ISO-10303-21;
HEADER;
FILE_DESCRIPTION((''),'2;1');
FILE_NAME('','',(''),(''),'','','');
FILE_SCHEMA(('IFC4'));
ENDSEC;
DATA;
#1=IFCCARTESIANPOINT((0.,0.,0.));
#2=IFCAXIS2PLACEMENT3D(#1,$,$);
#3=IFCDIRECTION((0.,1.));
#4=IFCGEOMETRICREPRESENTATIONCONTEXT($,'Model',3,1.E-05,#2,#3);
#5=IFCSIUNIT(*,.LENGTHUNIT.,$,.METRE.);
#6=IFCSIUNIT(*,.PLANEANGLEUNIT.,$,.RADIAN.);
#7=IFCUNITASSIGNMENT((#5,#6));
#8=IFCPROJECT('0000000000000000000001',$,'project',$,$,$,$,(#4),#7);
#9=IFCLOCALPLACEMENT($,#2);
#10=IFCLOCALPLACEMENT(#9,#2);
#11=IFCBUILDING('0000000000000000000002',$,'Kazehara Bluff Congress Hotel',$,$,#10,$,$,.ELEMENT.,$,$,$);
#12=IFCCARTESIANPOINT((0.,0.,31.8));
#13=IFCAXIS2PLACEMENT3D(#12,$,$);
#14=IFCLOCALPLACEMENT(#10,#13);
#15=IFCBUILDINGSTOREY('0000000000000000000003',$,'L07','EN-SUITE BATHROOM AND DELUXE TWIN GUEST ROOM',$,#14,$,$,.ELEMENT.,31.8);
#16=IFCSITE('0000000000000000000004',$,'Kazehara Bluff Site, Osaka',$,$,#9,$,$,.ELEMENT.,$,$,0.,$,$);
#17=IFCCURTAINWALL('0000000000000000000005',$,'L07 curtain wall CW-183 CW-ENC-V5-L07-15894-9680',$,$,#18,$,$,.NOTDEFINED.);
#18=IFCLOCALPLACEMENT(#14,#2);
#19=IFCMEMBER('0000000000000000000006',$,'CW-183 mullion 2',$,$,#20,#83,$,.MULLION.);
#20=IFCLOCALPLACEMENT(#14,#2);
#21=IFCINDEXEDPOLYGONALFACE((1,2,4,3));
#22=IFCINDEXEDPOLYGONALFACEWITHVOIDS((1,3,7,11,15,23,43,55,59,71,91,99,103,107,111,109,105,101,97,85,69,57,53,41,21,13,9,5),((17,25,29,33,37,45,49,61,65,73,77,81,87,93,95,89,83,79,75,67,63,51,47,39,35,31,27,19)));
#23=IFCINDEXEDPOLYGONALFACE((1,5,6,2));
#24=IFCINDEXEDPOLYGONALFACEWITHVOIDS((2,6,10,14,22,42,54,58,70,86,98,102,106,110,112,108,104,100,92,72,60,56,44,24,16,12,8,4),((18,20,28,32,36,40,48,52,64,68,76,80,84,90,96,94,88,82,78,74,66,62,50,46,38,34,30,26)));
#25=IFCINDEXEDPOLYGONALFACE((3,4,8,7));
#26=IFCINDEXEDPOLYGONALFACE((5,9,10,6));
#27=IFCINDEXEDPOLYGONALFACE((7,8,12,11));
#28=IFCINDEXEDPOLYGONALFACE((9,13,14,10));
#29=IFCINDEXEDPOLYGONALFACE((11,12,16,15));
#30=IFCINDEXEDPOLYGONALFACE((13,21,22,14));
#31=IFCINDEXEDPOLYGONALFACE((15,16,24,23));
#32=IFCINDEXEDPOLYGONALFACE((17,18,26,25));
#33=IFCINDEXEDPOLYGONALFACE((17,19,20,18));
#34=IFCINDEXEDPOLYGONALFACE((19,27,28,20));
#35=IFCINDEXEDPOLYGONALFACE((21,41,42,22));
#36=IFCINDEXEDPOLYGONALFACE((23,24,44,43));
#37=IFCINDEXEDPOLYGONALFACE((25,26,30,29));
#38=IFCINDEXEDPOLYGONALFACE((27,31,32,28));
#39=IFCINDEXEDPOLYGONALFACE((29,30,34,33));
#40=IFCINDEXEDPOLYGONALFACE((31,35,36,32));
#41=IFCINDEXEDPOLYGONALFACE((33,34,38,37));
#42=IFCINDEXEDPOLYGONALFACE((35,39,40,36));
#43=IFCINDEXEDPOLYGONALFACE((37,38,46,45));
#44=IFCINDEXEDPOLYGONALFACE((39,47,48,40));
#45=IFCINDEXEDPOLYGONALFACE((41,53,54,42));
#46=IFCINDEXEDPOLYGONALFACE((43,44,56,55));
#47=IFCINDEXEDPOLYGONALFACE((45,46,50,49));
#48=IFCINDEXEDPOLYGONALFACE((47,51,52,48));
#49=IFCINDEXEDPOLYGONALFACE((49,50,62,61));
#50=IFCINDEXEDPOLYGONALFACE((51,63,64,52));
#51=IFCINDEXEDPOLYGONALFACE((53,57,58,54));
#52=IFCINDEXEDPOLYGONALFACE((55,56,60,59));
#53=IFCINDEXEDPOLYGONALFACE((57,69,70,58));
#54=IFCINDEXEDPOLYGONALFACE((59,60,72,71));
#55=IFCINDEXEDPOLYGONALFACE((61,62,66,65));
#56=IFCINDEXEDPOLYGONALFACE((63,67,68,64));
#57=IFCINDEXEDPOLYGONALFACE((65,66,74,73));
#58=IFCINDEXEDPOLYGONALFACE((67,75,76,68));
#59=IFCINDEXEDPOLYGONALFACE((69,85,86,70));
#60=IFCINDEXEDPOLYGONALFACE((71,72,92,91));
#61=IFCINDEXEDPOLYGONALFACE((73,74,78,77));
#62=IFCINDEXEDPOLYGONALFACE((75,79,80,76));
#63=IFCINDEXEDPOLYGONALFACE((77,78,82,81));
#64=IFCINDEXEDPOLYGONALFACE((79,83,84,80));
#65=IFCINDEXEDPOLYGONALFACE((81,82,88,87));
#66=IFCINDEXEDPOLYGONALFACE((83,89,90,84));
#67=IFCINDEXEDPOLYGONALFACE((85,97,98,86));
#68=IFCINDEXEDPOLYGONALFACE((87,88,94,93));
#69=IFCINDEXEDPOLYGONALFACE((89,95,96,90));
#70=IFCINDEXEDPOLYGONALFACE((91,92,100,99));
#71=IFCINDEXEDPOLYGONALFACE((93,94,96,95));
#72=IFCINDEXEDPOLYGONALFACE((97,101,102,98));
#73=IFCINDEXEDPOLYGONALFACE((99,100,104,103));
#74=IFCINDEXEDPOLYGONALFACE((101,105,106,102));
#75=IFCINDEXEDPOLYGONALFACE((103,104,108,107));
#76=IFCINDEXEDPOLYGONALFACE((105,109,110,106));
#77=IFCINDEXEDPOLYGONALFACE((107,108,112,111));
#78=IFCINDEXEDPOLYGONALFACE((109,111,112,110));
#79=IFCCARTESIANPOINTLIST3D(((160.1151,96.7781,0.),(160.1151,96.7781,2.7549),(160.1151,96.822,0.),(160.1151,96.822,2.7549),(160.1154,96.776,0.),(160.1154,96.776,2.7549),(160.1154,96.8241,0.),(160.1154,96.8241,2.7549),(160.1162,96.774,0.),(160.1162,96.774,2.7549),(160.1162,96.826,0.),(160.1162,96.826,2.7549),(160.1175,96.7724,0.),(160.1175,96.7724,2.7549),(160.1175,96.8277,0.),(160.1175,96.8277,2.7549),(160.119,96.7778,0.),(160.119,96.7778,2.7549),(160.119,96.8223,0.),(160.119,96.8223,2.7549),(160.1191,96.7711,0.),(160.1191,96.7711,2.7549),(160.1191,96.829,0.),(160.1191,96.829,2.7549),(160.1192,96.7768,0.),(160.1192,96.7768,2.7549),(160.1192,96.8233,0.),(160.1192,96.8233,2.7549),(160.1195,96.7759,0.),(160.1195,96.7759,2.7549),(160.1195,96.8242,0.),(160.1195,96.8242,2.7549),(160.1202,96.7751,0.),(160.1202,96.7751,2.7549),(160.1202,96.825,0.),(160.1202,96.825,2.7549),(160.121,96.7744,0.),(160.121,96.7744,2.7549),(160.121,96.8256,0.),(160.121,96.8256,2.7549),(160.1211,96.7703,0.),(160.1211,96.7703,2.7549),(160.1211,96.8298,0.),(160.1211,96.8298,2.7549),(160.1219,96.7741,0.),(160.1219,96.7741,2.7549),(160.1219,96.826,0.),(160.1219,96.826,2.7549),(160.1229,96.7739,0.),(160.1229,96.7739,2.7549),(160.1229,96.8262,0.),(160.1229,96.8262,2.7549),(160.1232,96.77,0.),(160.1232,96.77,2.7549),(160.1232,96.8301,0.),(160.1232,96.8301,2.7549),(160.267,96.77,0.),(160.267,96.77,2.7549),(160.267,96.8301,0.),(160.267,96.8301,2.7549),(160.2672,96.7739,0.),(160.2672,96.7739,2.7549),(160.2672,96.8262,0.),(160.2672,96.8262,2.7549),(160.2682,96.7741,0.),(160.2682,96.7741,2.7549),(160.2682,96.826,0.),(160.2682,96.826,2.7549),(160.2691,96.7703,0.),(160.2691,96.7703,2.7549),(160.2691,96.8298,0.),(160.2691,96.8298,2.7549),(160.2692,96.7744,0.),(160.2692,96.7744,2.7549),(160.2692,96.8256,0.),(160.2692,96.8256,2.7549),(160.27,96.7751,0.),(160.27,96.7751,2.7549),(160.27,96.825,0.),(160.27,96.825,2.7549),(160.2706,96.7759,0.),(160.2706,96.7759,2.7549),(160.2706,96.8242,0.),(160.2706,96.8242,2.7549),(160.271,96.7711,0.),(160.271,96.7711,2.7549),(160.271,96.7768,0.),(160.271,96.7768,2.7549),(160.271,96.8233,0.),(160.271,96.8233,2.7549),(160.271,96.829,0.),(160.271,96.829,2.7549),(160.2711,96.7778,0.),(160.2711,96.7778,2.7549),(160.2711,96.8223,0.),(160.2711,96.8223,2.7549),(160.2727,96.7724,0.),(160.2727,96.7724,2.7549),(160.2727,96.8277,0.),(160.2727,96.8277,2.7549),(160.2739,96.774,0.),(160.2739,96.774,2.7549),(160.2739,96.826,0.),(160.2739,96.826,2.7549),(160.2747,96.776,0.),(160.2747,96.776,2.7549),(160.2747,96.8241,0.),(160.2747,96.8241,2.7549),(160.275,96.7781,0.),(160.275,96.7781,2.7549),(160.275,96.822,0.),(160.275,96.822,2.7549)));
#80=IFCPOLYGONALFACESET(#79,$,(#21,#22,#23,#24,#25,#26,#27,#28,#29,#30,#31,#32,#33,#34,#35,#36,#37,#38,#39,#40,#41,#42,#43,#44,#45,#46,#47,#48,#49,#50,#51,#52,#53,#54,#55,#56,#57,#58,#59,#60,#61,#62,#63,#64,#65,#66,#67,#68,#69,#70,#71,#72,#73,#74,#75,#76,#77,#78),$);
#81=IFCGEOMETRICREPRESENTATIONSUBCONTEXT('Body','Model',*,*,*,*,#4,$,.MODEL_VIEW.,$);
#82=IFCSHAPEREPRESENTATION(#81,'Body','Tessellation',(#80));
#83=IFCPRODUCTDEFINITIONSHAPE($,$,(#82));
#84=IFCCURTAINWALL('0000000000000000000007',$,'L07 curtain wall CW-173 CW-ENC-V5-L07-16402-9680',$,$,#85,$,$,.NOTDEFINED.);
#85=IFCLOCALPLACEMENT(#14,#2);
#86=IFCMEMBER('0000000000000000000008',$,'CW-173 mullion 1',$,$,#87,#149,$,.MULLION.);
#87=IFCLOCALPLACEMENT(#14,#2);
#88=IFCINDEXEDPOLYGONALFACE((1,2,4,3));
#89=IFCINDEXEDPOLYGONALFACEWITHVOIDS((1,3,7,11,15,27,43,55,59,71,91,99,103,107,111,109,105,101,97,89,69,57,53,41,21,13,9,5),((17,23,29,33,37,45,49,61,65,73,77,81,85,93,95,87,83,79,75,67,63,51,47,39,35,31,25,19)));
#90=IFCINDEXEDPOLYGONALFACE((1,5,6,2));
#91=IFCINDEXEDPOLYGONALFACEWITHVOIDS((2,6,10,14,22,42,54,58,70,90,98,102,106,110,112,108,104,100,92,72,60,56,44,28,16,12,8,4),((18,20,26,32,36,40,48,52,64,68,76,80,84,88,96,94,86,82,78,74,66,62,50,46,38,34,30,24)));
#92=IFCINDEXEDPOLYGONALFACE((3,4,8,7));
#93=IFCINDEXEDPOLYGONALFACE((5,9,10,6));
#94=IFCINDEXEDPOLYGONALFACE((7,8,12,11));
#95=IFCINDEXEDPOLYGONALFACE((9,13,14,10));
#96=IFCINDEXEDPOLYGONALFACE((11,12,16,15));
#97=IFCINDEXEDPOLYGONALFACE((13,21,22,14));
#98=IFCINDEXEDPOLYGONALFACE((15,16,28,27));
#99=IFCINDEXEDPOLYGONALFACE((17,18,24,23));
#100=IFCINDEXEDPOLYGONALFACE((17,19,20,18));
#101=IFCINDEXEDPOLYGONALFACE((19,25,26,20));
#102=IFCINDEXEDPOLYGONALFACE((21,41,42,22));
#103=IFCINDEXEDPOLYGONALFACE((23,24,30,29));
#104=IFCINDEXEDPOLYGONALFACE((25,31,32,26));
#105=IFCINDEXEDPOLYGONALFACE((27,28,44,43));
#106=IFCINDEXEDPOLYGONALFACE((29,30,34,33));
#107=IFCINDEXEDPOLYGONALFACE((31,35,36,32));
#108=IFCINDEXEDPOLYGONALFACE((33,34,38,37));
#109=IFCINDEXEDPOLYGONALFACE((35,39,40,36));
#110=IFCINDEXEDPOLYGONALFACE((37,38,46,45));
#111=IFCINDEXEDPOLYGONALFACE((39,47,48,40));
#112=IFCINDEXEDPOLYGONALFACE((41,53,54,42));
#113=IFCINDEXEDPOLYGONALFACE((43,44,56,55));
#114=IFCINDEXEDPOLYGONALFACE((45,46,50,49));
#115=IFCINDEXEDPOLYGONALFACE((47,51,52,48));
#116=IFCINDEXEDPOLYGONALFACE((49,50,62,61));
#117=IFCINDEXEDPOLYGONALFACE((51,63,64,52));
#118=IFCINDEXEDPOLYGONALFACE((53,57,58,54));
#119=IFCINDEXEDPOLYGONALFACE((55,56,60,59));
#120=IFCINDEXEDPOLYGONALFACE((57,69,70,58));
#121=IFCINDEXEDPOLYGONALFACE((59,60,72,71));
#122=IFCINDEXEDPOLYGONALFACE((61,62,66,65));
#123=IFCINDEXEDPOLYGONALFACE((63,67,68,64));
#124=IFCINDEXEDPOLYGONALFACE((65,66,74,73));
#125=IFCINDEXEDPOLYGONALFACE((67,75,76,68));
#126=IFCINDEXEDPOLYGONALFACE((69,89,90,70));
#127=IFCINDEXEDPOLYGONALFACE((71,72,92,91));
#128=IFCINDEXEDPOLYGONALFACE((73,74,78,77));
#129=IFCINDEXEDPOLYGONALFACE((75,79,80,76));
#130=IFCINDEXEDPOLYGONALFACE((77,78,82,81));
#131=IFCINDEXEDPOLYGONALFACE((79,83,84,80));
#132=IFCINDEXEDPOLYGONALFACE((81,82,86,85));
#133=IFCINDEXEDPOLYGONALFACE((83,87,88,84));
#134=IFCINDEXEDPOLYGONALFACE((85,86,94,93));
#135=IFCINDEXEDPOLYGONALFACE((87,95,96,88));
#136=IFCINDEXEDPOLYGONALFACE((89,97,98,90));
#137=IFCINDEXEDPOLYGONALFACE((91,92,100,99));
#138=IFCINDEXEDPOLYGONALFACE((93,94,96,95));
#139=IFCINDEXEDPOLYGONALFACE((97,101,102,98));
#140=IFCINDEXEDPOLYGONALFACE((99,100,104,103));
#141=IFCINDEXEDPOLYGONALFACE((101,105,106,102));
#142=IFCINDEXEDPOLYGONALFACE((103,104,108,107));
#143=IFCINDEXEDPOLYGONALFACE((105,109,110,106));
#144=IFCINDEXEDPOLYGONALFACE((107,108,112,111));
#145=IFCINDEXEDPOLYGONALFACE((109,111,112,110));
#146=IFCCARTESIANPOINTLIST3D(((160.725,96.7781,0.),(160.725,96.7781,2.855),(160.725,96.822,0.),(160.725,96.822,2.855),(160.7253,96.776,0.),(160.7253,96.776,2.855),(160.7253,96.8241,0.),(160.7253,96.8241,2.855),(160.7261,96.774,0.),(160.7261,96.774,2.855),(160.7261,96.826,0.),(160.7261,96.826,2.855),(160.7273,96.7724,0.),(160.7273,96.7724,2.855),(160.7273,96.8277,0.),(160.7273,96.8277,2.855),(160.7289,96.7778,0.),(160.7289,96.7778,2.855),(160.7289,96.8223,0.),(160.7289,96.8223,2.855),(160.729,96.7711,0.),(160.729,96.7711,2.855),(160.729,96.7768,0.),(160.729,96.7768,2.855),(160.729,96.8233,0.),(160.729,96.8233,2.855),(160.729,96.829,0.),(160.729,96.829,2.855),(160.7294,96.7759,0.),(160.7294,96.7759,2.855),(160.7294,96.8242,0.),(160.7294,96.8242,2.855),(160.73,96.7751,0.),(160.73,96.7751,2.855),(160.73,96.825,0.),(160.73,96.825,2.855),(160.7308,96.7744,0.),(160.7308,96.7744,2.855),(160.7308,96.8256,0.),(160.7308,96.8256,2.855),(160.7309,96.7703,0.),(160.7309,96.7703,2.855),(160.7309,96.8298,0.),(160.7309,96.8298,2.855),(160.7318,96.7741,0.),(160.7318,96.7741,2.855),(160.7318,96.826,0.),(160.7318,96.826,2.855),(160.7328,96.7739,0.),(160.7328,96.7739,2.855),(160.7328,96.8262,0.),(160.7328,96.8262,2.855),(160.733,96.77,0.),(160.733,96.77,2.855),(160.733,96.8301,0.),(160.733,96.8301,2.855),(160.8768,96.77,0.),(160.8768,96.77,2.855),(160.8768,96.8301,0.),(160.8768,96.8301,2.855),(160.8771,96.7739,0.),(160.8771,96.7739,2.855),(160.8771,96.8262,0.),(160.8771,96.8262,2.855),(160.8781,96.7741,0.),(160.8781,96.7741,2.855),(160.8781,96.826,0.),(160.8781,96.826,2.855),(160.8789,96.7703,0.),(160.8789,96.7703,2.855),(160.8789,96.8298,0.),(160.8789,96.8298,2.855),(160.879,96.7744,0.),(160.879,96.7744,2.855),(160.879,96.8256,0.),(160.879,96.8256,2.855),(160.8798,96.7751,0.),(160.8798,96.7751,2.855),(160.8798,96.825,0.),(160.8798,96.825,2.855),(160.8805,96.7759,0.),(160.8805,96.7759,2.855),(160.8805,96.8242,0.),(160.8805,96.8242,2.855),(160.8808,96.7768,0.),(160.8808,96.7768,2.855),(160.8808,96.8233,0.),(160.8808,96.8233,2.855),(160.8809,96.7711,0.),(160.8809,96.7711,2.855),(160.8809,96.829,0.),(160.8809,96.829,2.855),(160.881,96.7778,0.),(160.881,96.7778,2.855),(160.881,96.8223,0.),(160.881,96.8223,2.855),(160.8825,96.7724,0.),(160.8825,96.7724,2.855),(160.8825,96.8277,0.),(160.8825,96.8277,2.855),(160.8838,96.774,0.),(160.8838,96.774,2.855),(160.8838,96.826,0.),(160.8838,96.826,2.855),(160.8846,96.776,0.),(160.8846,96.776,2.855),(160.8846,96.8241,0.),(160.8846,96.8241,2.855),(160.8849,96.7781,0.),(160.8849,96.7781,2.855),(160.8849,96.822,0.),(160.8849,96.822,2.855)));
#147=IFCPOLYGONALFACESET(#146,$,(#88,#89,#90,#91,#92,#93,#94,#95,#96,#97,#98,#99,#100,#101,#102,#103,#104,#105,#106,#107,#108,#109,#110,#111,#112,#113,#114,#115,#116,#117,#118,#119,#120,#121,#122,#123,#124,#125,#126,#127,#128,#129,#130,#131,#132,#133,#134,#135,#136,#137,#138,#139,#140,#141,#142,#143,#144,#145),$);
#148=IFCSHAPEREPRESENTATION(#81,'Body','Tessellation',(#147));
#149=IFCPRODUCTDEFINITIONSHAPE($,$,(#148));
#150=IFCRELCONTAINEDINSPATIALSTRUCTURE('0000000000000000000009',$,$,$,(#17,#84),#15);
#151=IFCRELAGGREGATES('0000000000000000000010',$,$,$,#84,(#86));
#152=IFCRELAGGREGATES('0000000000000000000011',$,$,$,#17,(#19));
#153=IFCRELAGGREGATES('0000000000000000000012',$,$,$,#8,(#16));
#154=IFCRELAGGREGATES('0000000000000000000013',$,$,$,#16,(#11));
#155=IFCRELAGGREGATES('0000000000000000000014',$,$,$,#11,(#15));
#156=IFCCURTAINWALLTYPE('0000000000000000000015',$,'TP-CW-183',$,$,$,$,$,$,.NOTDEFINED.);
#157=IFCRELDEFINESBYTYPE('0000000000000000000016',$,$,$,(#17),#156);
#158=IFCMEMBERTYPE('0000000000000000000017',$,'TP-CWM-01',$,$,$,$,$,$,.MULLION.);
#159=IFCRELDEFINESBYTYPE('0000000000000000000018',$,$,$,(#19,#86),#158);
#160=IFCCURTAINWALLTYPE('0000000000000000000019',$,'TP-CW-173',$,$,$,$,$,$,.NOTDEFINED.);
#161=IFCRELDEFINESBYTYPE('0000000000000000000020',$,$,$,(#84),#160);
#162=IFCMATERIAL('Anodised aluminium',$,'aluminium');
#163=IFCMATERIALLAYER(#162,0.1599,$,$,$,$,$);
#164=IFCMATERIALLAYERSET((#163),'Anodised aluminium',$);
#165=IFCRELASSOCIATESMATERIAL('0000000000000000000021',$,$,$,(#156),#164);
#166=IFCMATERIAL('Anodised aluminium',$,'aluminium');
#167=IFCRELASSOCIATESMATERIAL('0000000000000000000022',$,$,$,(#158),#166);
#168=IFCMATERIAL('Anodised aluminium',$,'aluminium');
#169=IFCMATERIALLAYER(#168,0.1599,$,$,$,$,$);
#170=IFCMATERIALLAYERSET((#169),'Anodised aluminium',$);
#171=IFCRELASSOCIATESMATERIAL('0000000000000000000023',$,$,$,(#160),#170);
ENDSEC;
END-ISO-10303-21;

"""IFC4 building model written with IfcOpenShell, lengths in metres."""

from ifc_helpers import new_model, si_unit, direction, frame, origin, origin_2d, place, context, subcontext, project, spatial, hollow_rectangle, extrude, material, layer, layer_set, material_profile, profile_set, type_object, element, aggregate, save


model = new_model("IFC4")

# Units and contexts
model_context = context("Model", 3, precision=1e-05, world=origin(), true_north=direction((0.0, 1.0)))
body_context = subcontext(model_context, "Body", "Model", "MODEL_VIEW")
ifc_project = project(units=[si_unit("LENGTHUNIT", "METRE"), si_unit("PLANEANGLEUNIT", "RADIAN")], contexts=[model_context])

# Site, building, storey
site_placement = place(None, origin())
site = spatial("IfcSite", under=ifc_project, at=site_placement, Name="Kazehara Bluff Site, Osaka", CompositionType="ELEMENT", RefElevation=0.0)
building_placement = place(site_placement, origin())
building = spatial("IfcBuilding", under=site, at=building_placement, Name="Kazehara Bluff Congress Hotel", CompositionType="ELEMENT")
storey_placement = place(building_placement, frame((0.0, 0.0, 31.8)))
storey = spatial("IfcBuildingStorey", under=building, at=storey_placement, Name="L07", Description="EN-SUITE BATHROOM AND DELUXE TWIN GUEST ROOM", CompositionType="ELEMENT", Elevation=31.8)

# Curtain wall, member
ifc_material_1 = material(Name="Anodised aluminium", Category="aluminium")
ifc_layer_1 = layer(ifc_material_1, 0.1599)
ifc_layer_set_1 = layer_set([ifc_layer_1], Name="Anodised aluminium")
curtain_wall_type_1 = type_object("IfcCurtainWallType", Name="TP-CW-183", PredefinedType="NOTDEFINED", material=ifc_layer_set_1)
curtain_wall_1_placement = place(storey_placement, origin())
curtain_wall_1 = element("IfcCurtainWall", 1, at=curtain_wall_1_placement, inside=storey, type_object=curtain_wall_type_1, Name="L07 curtain wall CW-183 CW-ENC-V5-L07-15894-9680", PredefinedType="NOTDEFINED")
ifc_material_2 = material(Name="Anodised aluminium", Category="aluminium")
ifc_material_profile_1 = material_profile(ifc_material_2, hollow_rectangle(XDim=0.0601, YDim=0.1599, WallThickness=0.0039, InnerFilletRadius=0.0039, OuterFilletRadius=0.0081, at=origin_2d()))
ifc_profile_set_1 = profile_set([ifc_material_profile_1], Name="Anodised aluminium")
member_type_1 = type_object("IfcMemberType", Name="TP-CWM-01", PredefinedType="MULLION", material=ifc_profile_set_1)
member_1_placement = place(storey_placement, frame((160.1951, 96.8, 0.0), z_axis=(0.0, 0.0, 1.0), x_axis=(0.0, 1.0, 0.0)))
member_1 = element("IfcMember", 2, at=member_1_placement, type_object=member_type_1, Name="CW-183 mullion 2", PredefinedType="MULLION", context=body_context, shape_type="SweptSolid", body=[
    extrude(hollow_rectangle(XDim=0.0601, YDim=0.1599, WallThickness=0.0039, InnerFilletRadius=0.0039, OuterFilletRadius=0.0081, at=origin_2d()), origin(), (0.0, 0.0, 1.0), 2.7549),
])

# Curtain wall, member
ifc_material_3 = material(Name="Anodised aluminium", Category="aluminium")
ifc_layer_2 = layer(ifc_material_3, 0.1599)
ifc_layer_set_2 = layer_set([ifc_layer_2], Name="Anodised aluminium")
curtain_wall_type_2 = type_object("IfcCurtainWallType", Name="TP-CW-173", PredefinedType="NOTDEFINED", material=ifc_layer_set_2)
curtain_wall_2_placement = place(storey_placement, origin())
curtain_wall_2 = element("IfcCurtainWall", 3, at=curtain_wall_2_placement, inside=storey, type_object=curtain_wall_type_2, Name="L07 curtain wall CW-173 CW-ENC-V5-L07-16402-9680", PredefinedType="NOTDEFINED")
member_2_placement = place(storey_placement, frame((160.8049, 96.8, 0.0), z_axis=(0.0, 0.0, 1.0), x_axis=(0.0, 1.0, 0.0)))
member_2 = element("IfcMember", 4, at=member_2_placement, type_object=member_type_1, Name="CW-173 mullion 1", PredefinedType="MULLION", context=body_context, shape_type="SweptSolid", body=[
    extrude(hollow_rectangle(XDim=0.0601, YDim=0.1599, WallThickness=0.0039, InnerFilletRadius=0.0039, OuterFilletRadius=0.0081, at=origin_2d()), origin(), (0.0, 0.0, 1.0), 2.855),
])

aggregate(curtain_wall_2, [member_2])

aggregate(curtain_wall_1, [member_1])

save(model, "model.ifc")
